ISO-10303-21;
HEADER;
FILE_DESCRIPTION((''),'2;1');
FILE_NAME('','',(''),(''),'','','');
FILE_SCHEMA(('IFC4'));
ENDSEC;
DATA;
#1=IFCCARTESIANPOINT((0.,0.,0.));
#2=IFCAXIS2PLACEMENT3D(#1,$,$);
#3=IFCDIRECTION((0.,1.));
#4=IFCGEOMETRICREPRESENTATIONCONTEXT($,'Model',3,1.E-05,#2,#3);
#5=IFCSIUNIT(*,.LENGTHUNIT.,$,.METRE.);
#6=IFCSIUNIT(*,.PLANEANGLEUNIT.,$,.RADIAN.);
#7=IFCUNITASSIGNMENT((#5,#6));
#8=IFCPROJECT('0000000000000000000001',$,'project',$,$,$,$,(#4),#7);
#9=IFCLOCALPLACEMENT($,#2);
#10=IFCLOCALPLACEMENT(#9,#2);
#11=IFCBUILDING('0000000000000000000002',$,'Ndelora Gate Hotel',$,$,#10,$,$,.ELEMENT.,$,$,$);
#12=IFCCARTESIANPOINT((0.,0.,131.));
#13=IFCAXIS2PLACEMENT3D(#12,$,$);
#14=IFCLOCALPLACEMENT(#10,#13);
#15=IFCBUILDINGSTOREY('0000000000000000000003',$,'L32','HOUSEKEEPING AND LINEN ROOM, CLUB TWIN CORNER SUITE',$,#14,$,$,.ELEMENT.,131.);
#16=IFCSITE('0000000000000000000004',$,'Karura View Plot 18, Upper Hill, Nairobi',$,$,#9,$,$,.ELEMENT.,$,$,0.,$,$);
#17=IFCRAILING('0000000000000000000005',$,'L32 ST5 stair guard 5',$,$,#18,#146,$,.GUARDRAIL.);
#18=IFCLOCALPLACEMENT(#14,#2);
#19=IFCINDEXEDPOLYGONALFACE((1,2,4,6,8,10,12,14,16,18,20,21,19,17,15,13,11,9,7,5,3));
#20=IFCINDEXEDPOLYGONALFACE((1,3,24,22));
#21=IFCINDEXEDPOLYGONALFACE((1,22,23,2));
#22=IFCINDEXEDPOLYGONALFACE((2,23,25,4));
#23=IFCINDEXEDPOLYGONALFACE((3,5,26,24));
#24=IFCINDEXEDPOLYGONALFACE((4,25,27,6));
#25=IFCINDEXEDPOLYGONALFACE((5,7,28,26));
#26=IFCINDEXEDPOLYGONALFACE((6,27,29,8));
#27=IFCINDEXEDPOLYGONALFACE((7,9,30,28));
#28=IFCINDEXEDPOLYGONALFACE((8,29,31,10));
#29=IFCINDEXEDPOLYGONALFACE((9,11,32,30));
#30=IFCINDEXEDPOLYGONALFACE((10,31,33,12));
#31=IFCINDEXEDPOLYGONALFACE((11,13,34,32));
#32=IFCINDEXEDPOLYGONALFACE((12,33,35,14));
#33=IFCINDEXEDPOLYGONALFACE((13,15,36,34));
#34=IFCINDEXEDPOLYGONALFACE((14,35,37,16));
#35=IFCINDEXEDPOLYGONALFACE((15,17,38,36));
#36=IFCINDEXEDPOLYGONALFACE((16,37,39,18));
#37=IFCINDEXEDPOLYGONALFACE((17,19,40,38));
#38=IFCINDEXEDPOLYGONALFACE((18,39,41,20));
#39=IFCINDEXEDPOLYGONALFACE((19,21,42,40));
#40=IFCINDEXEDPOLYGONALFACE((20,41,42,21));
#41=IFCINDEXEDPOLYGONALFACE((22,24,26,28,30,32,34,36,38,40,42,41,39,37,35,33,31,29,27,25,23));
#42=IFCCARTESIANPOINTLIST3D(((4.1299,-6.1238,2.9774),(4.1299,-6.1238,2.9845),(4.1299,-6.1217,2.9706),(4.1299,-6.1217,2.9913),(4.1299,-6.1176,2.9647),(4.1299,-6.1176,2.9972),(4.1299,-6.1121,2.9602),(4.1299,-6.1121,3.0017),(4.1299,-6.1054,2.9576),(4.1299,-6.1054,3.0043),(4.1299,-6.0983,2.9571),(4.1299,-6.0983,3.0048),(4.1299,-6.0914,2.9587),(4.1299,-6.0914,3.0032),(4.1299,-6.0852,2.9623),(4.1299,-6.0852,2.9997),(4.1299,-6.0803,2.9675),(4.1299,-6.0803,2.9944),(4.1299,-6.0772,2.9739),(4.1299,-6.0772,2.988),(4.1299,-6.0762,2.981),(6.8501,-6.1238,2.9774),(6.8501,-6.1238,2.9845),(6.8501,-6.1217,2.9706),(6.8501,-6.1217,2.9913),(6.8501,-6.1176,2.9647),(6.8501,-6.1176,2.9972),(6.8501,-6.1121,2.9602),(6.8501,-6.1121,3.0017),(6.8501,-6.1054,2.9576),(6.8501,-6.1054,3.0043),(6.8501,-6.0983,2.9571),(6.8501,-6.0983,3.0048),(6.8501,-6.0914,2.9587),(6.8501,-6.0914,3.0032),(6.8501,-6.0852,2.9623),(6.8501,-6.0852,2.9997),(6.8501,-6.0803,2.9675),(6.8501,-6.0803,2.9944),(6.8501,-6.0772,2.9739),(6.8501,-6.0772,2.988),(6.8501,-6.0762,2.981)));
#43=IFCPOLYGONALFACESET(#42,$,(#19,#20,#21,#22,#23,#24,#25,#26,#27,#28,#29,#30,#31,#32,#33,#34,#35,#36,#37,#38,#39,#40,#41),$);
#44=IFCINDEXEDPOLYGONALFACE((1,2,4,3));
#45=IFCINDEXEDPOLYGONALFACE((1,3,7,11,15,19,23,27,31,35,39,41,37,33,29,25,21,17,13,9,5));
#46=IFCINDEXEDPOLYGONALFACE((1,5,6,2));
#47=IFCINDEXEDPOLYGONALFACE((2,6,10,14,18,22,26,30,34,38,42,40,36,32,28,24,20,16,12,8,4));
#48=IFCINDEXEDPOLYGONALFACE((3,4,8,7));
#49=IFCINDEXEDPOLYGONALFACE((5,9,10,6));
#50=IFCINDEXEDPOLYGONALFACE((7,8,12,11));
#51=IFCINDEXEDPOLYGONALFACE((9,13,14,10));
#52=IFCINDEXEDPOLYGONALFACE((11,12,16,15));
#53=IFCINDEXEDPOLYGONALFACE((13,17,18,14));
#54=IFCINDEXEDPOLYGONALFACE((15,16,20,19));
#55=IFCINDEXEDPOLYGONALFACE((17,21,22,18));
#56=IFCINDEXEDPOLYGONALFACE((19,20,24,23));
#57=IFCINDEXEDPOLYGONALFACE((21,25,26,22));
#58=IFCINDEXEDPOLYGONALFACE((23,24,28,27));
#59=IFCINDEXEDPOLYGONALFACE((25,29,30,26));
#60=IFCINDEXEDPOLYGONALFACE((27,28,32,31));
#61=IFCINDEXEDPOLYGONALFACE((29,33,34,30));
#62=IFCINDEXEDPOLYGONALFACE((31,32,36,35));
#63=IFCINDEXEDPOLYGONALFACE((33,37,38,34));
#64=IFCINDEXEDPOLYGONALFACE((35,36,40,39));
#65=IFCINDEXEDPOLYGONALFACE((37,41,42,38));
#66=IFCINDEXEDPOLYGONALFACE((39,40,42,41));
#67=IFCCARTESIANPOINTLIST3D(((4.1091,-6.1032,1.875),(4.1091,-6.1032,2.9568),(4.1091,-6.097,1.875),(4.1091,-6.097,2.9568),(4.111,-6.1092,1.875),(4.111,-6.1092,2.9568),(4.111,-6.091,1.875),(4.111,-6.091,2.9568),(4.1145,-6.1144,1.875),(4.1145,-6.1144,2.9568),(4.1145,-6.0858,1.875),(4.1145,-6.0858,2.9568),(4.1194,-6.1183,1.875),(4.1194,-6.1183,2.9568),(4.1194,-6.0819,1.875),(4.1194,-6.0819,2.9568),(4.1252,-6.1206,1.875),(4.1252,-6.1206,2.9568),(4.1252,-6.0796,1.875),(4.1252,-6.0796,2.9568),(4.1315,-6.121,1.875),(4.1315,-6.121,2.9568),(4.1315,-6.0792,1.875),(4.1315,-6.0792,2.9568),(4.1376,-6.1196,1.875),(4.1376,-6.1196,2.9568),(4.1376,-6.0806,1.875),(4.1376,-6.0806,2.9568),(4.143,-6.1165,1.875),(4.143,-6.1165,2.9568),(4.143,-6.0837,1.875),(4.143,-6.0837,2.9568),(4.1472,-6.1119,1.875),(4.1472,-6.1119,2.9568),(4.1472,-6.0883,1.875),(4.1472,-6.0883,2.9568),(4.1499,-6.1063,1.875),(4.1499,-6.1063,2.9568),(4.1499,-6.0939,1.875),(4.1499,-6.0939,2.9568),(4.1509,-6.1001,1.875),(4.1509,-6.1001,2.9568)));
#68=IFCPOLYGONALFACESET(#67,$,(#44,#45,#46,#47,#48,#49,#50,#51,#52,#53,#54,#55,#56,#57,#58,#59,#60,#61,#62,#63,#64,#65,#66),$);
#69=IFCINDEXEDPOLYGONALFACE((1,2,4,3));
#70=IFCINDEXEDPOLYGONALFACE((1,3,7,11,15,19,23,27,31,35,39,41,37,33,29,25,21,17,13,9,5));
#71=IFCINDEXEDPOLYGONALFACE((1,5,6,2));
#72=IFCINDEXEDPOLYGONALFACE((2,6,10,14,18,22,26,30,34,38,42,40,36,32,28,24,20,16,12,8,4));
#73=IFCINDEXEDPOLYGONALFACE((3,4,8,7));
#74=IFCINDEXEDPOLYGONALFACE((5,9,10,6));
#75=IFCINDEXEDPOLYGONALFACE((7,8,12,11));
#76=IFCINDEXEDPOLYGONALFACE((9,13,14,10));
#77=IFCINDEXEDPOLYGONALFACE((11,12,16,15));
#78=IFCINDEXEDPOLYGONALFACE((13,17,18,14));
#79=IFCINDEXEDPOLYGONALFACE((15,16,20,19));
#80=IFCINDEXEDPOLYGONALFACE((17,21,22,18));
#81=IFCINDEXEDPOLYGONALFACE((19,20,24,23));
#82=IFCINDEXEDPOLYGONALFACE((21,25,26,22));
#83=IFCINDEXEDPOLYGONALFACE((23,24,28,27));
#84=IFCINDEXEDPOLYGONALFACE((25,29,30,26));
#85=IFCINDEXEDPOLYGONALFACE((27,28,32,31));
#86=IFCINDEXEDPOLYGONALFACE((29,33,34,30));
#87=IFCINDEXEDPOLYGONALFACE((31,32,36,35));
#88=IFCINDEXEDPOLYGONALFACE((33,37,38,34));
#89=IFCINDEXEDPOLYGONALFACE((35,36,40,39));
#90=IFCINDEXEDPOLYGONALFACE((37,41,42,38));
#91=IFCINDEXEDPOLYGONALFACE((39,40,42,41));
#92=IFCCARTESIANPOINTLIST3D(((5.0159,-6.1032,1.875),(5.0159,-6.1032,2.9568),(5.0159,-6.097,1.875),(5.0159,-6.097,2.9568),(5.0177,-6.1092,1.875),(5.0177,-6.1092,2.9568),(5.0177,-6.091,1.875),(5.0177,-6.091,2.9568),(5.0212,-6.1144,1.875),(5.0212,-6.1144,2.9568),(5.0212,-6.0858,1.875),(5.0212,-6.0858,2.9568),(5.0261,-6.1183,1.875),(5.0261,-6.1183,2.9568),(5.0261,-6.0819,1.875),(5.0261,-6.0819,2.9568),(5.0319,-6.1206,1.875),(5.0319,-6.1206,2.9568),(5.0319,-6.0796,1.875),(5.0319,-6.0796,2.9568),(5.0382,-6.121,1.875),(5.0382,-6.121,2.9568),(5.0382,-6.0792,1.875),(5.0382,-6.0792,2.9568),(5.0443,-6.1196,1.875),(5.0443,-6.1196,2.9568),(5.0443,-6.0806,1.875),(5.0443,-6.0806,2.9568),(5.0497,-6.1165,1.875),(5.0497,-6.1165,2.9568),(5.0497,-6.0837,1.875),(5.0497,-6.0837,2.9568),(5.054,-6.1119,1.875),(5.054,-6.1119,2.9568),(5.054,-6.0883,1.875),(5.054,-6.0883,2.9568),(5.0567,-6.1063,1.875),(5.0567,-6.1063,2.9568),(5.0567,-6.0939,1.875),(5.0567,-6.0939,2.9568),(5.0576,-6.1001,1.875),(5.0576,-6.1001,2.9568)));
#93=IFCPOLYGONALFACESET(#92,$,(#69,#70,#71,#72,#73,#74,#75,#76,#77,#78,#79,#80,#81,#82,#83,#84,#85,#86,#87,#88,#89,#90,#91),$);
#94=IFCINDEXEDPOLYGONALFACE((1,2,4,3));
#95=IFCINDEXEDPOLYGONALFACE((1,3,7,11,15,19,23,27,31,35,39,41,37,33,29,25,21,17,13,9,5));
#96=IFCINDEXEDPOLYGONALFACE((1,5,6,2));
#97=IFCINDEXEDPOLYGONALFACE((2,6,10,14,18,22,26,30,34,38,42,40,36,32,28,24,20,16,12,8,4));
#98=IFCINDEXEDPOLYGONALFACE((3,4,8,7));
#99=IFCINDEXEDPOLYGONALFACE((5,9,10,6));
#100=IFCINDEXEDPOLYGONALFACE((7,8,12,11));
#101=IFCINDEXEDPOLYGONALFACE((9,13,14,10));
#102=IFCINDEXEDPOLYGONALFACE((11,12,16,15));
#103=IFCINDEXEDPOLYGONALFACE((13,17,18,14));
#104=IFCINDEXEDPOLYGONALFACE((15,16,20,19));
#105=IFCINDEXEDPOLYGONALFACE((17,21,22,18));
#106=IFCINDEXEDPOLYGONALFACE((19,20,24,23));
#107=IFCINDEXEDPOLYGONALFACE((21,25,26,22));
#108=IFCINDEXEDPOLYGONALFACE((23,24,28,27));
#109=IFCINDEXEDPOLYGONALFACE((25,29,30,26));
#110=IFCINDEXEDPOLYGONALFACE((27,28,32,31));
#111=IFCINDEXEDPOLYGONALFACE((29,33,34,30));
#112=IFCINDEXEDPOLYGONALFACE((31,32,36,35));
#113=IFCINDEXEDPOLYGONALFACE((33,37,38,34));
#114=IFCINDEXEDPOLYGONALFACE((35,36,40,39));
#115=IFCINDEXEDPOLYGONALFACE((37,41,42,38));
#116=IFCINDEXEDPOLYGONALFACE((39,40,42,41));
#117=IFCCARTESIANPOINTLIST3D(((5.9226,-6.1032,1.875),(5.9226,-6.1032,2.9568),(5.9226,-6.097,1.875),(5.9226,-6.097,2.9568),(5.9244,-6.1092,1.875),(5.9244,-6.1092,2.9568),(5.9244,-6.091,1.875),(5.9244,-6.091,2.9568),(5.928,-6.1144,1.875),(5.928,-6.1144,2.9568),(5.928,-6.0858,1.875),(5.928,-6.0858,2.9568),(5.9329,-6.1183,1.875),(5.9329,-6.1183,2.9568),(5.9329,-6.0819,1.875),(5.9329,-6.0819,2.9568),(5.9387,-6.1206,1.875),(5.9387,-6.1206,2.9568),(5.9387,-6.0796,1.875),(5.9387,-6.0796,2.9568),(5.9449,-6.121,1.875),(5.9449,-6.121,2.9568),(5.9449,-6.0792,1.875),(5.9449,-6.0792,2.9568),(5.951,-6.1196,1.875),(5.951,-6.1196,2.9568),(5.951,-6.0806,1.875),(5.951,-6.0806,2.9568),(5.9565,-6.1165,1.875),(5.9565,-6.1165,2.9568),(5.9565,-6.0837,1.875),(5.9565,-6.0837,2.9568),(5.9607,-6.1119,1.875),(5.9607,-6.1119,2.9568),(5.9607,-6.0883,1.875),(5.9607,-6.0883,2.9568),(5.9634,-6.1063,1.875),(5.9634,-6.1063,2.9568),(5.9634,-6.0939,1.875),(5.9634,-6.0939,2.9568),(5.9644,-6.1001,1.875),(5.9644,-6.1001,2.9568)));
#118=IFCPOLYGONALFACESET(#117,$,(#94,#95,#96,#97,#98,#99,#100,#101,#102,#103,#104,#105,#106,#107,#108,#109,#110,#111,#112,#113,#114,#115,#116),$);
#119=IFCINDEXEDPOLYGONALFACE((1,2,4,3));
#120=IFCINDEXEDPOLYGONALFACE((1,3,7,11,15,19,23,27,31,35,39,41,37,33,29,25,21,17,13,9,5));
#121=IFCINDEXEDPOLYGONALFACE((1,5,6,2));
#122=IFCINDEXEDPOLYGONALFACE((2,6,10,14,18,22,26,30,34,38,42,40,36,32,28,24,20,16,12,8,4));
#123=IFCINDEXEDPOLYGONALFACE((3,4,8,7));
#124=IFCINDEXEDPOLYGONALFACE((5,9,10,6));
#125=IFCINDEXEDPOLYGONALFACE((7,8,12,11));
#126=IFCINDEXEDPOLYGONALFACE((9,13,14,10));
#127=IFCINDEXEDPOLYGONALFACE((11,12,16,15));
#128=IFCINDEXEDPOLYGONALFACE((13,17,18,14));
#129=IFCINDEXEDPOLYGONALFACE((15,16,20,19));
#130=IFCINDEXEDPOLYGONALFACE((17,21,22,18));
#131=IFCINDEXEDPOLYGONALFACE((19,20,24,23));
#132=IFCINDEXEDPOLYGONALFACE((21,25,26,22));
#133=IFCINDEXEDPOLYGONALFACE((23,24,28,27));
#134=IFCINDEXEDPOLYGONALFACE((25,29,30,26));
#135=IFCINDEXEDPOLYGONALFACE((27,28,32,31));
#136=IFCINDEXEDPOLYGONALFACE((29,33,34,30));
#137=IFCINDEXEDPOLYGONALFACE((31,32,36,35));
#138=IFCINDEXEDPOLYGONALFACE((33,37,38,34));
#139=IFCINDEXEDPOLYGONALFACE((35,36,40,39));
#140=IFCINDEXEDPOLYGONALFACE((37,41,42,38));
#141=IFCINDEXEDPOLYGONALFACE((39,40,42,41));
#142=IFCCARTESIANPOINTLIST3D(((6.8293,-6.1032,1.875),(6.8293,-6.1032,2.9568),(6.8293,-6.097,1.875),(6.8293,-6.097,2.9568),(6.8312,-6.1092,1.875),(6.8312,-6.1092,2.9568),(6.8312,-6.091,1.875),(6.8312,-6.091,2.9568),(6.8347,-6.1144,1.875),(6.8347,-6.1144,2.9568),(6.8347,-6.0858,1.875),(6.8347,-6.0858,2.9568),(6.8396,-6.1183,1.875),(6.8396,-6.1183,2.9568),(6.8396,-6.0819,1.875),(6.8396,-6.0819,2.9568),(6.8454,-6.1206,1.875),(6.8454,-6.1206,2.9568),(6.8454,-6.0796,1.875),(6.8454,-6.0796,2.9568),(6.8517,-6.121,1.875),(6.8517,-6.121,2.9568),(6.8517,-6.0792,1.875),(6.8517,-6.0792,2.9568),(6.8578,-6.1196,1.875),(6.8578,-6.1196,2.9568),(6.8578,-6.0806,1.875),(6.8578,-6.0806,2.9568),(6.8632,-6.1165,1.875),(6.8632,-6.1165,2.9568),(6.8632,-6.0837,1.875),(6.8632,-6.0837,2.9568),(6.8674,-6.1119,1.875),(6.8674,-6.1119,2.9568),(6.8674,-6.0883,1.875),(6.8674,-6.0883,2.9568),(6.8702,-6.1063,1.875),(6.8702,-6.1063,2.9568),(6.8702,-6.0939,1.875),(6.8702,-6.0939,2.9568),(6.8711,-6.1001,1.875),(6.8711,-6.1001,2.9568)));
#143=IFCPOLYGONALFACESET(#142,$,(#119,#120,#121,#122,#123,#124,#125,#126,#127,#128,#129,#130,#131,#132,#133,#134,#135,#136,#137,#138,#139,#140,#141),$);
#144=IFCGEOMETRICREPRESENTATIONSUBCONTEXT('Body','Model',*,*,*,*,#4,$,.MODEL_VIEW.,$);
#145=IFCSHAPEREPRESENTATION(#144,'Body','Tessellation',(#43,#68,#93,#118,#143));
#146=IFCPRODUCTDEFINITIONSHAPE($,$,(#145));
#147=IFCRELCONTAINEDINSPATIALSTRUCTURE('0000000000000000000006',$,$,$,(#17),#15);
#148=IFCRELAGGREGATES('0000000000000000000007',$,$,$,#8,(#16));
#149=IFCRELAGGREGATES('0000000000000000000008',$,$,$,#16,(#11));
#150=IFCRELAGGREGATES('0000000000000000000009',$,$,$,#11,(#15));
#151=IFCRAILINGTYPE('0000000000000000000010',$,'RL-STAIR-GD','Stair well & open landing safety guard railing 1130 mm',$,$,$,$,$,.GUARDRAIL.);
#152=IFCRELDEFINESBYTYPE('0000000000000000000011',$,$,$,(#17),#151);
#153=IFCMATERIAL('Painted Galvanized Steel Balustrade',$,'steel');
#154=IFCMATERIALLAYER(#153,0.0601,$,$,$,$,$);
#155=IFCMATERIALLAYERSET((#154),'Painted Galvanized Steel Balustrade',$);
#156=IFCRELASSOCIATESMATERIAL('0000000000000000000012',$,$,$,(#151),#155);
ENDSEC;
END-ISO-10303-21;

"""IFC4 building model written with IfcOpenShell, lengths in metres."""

from ifc_helpers import new_model, si_unit, direction, frame, origin, origin_2d, place, context, subcontext, project, spatial, circle, extrude, material, layer, layer_set, type_object, element, save


model = new_model("IFC4")

# Units and contexts
model_context = context("Model", 3, precision=1e-05, world=origin(), true_north=direction((0.0, 1.0)))
body_context = subcontext(model_context, "Body", "Model", "MODEL_VIEW")
ifc_project = project(units=[si_unit("LENGTHUNIT", "METRE"), si_unit("PLANEANGLEUNIT", "RADIAN")], contexts=[model_context])

# Site, building, storey
site_placement = place(None, origin())
site = spatial("IfcSite", under=ifc_project, at=site_placement, Name="Karura View Plot 18, Upper Hill, Nairobi", CompositionType="ELEMENT", RefElevation=0.0)
building_placement = place(site_placement, origin())
building = spatial("IfcBuilding", under=site, at=building_placement, Name="Ndelora Gate Hotel", CompositionType="ELEMENT")
storey_placement = place(building_placement, frame((0.0, 0.0, 131.0)))
storey = spatial("IfcBuildingStorey", under=building, at=storey_placement, Name="L32", Description="HOUSEKEEPING AND LINEN ROOM, CLUB TWIN CORNER SUITE", CompositionType="ELEMENT", Elevation=131.0)

# Railing
ifc_material_1 = material(Name="Painted Galvanized Steel Balustrade", Category="steel")
ifc_layer_1 = layer(ifc_material_1, 0.0601)
ifc_layer_set_1 = layer_set([ifc_layer_1], Name="Painted Galvanized Steel Balustrade")
railing_type_1 = type_object("IfcRailingType", Name="RL-STAIR-GD", Description="Stair well & open landing safety guard railing 1130 mm", PredefinedType="GUARDRAIL", material=ifc_layer_set_1)
railing_1_placement = place(storey_placement, frame((4.1299, -6.1001, 1.875)))
element("IfcRailing", 1, at=railing_1_placement, inside=storey, type_object=railing_type_1, Name="L32 ST5 stair guard 5", PredefinedType="GUARDRAIL", context=body_context, shape_type="SweptSolid", body=[
    extrude(circle(Radius=0.0239, at=origin_2d()), frame((0.0, 0.0, 1.106), z_axis=(1.0, 0.0, 0.0), x_axis=(0.0, 1.0, 0.0)), (0.0, 0.0, 1.0), 2.7202),
    extrude(circle(Radius=0.021, at=origin_2d()), origin(), (0.0, 0.0, 1.0), 1.0818),
    extrude(circle(Radius=0.021, at=origin_2d()), frame((0.9067, 0.0, 0.0)), (0.0, 0.0, 1.0), 1.0818),
    extrude(circle(Radius=0.021, at=origin_2d()), frame((1.8135, 0.0, 0.0)), (0.0, 0.0, 1.0), 1.0818),
    extrude(circle(Radius=0.021, at=origin_2d()), frame((2.7202, 0.0, 0.0)), (0.0, 0.0, 1.0), 1.0818),
])

save(model, "model.ifc")
